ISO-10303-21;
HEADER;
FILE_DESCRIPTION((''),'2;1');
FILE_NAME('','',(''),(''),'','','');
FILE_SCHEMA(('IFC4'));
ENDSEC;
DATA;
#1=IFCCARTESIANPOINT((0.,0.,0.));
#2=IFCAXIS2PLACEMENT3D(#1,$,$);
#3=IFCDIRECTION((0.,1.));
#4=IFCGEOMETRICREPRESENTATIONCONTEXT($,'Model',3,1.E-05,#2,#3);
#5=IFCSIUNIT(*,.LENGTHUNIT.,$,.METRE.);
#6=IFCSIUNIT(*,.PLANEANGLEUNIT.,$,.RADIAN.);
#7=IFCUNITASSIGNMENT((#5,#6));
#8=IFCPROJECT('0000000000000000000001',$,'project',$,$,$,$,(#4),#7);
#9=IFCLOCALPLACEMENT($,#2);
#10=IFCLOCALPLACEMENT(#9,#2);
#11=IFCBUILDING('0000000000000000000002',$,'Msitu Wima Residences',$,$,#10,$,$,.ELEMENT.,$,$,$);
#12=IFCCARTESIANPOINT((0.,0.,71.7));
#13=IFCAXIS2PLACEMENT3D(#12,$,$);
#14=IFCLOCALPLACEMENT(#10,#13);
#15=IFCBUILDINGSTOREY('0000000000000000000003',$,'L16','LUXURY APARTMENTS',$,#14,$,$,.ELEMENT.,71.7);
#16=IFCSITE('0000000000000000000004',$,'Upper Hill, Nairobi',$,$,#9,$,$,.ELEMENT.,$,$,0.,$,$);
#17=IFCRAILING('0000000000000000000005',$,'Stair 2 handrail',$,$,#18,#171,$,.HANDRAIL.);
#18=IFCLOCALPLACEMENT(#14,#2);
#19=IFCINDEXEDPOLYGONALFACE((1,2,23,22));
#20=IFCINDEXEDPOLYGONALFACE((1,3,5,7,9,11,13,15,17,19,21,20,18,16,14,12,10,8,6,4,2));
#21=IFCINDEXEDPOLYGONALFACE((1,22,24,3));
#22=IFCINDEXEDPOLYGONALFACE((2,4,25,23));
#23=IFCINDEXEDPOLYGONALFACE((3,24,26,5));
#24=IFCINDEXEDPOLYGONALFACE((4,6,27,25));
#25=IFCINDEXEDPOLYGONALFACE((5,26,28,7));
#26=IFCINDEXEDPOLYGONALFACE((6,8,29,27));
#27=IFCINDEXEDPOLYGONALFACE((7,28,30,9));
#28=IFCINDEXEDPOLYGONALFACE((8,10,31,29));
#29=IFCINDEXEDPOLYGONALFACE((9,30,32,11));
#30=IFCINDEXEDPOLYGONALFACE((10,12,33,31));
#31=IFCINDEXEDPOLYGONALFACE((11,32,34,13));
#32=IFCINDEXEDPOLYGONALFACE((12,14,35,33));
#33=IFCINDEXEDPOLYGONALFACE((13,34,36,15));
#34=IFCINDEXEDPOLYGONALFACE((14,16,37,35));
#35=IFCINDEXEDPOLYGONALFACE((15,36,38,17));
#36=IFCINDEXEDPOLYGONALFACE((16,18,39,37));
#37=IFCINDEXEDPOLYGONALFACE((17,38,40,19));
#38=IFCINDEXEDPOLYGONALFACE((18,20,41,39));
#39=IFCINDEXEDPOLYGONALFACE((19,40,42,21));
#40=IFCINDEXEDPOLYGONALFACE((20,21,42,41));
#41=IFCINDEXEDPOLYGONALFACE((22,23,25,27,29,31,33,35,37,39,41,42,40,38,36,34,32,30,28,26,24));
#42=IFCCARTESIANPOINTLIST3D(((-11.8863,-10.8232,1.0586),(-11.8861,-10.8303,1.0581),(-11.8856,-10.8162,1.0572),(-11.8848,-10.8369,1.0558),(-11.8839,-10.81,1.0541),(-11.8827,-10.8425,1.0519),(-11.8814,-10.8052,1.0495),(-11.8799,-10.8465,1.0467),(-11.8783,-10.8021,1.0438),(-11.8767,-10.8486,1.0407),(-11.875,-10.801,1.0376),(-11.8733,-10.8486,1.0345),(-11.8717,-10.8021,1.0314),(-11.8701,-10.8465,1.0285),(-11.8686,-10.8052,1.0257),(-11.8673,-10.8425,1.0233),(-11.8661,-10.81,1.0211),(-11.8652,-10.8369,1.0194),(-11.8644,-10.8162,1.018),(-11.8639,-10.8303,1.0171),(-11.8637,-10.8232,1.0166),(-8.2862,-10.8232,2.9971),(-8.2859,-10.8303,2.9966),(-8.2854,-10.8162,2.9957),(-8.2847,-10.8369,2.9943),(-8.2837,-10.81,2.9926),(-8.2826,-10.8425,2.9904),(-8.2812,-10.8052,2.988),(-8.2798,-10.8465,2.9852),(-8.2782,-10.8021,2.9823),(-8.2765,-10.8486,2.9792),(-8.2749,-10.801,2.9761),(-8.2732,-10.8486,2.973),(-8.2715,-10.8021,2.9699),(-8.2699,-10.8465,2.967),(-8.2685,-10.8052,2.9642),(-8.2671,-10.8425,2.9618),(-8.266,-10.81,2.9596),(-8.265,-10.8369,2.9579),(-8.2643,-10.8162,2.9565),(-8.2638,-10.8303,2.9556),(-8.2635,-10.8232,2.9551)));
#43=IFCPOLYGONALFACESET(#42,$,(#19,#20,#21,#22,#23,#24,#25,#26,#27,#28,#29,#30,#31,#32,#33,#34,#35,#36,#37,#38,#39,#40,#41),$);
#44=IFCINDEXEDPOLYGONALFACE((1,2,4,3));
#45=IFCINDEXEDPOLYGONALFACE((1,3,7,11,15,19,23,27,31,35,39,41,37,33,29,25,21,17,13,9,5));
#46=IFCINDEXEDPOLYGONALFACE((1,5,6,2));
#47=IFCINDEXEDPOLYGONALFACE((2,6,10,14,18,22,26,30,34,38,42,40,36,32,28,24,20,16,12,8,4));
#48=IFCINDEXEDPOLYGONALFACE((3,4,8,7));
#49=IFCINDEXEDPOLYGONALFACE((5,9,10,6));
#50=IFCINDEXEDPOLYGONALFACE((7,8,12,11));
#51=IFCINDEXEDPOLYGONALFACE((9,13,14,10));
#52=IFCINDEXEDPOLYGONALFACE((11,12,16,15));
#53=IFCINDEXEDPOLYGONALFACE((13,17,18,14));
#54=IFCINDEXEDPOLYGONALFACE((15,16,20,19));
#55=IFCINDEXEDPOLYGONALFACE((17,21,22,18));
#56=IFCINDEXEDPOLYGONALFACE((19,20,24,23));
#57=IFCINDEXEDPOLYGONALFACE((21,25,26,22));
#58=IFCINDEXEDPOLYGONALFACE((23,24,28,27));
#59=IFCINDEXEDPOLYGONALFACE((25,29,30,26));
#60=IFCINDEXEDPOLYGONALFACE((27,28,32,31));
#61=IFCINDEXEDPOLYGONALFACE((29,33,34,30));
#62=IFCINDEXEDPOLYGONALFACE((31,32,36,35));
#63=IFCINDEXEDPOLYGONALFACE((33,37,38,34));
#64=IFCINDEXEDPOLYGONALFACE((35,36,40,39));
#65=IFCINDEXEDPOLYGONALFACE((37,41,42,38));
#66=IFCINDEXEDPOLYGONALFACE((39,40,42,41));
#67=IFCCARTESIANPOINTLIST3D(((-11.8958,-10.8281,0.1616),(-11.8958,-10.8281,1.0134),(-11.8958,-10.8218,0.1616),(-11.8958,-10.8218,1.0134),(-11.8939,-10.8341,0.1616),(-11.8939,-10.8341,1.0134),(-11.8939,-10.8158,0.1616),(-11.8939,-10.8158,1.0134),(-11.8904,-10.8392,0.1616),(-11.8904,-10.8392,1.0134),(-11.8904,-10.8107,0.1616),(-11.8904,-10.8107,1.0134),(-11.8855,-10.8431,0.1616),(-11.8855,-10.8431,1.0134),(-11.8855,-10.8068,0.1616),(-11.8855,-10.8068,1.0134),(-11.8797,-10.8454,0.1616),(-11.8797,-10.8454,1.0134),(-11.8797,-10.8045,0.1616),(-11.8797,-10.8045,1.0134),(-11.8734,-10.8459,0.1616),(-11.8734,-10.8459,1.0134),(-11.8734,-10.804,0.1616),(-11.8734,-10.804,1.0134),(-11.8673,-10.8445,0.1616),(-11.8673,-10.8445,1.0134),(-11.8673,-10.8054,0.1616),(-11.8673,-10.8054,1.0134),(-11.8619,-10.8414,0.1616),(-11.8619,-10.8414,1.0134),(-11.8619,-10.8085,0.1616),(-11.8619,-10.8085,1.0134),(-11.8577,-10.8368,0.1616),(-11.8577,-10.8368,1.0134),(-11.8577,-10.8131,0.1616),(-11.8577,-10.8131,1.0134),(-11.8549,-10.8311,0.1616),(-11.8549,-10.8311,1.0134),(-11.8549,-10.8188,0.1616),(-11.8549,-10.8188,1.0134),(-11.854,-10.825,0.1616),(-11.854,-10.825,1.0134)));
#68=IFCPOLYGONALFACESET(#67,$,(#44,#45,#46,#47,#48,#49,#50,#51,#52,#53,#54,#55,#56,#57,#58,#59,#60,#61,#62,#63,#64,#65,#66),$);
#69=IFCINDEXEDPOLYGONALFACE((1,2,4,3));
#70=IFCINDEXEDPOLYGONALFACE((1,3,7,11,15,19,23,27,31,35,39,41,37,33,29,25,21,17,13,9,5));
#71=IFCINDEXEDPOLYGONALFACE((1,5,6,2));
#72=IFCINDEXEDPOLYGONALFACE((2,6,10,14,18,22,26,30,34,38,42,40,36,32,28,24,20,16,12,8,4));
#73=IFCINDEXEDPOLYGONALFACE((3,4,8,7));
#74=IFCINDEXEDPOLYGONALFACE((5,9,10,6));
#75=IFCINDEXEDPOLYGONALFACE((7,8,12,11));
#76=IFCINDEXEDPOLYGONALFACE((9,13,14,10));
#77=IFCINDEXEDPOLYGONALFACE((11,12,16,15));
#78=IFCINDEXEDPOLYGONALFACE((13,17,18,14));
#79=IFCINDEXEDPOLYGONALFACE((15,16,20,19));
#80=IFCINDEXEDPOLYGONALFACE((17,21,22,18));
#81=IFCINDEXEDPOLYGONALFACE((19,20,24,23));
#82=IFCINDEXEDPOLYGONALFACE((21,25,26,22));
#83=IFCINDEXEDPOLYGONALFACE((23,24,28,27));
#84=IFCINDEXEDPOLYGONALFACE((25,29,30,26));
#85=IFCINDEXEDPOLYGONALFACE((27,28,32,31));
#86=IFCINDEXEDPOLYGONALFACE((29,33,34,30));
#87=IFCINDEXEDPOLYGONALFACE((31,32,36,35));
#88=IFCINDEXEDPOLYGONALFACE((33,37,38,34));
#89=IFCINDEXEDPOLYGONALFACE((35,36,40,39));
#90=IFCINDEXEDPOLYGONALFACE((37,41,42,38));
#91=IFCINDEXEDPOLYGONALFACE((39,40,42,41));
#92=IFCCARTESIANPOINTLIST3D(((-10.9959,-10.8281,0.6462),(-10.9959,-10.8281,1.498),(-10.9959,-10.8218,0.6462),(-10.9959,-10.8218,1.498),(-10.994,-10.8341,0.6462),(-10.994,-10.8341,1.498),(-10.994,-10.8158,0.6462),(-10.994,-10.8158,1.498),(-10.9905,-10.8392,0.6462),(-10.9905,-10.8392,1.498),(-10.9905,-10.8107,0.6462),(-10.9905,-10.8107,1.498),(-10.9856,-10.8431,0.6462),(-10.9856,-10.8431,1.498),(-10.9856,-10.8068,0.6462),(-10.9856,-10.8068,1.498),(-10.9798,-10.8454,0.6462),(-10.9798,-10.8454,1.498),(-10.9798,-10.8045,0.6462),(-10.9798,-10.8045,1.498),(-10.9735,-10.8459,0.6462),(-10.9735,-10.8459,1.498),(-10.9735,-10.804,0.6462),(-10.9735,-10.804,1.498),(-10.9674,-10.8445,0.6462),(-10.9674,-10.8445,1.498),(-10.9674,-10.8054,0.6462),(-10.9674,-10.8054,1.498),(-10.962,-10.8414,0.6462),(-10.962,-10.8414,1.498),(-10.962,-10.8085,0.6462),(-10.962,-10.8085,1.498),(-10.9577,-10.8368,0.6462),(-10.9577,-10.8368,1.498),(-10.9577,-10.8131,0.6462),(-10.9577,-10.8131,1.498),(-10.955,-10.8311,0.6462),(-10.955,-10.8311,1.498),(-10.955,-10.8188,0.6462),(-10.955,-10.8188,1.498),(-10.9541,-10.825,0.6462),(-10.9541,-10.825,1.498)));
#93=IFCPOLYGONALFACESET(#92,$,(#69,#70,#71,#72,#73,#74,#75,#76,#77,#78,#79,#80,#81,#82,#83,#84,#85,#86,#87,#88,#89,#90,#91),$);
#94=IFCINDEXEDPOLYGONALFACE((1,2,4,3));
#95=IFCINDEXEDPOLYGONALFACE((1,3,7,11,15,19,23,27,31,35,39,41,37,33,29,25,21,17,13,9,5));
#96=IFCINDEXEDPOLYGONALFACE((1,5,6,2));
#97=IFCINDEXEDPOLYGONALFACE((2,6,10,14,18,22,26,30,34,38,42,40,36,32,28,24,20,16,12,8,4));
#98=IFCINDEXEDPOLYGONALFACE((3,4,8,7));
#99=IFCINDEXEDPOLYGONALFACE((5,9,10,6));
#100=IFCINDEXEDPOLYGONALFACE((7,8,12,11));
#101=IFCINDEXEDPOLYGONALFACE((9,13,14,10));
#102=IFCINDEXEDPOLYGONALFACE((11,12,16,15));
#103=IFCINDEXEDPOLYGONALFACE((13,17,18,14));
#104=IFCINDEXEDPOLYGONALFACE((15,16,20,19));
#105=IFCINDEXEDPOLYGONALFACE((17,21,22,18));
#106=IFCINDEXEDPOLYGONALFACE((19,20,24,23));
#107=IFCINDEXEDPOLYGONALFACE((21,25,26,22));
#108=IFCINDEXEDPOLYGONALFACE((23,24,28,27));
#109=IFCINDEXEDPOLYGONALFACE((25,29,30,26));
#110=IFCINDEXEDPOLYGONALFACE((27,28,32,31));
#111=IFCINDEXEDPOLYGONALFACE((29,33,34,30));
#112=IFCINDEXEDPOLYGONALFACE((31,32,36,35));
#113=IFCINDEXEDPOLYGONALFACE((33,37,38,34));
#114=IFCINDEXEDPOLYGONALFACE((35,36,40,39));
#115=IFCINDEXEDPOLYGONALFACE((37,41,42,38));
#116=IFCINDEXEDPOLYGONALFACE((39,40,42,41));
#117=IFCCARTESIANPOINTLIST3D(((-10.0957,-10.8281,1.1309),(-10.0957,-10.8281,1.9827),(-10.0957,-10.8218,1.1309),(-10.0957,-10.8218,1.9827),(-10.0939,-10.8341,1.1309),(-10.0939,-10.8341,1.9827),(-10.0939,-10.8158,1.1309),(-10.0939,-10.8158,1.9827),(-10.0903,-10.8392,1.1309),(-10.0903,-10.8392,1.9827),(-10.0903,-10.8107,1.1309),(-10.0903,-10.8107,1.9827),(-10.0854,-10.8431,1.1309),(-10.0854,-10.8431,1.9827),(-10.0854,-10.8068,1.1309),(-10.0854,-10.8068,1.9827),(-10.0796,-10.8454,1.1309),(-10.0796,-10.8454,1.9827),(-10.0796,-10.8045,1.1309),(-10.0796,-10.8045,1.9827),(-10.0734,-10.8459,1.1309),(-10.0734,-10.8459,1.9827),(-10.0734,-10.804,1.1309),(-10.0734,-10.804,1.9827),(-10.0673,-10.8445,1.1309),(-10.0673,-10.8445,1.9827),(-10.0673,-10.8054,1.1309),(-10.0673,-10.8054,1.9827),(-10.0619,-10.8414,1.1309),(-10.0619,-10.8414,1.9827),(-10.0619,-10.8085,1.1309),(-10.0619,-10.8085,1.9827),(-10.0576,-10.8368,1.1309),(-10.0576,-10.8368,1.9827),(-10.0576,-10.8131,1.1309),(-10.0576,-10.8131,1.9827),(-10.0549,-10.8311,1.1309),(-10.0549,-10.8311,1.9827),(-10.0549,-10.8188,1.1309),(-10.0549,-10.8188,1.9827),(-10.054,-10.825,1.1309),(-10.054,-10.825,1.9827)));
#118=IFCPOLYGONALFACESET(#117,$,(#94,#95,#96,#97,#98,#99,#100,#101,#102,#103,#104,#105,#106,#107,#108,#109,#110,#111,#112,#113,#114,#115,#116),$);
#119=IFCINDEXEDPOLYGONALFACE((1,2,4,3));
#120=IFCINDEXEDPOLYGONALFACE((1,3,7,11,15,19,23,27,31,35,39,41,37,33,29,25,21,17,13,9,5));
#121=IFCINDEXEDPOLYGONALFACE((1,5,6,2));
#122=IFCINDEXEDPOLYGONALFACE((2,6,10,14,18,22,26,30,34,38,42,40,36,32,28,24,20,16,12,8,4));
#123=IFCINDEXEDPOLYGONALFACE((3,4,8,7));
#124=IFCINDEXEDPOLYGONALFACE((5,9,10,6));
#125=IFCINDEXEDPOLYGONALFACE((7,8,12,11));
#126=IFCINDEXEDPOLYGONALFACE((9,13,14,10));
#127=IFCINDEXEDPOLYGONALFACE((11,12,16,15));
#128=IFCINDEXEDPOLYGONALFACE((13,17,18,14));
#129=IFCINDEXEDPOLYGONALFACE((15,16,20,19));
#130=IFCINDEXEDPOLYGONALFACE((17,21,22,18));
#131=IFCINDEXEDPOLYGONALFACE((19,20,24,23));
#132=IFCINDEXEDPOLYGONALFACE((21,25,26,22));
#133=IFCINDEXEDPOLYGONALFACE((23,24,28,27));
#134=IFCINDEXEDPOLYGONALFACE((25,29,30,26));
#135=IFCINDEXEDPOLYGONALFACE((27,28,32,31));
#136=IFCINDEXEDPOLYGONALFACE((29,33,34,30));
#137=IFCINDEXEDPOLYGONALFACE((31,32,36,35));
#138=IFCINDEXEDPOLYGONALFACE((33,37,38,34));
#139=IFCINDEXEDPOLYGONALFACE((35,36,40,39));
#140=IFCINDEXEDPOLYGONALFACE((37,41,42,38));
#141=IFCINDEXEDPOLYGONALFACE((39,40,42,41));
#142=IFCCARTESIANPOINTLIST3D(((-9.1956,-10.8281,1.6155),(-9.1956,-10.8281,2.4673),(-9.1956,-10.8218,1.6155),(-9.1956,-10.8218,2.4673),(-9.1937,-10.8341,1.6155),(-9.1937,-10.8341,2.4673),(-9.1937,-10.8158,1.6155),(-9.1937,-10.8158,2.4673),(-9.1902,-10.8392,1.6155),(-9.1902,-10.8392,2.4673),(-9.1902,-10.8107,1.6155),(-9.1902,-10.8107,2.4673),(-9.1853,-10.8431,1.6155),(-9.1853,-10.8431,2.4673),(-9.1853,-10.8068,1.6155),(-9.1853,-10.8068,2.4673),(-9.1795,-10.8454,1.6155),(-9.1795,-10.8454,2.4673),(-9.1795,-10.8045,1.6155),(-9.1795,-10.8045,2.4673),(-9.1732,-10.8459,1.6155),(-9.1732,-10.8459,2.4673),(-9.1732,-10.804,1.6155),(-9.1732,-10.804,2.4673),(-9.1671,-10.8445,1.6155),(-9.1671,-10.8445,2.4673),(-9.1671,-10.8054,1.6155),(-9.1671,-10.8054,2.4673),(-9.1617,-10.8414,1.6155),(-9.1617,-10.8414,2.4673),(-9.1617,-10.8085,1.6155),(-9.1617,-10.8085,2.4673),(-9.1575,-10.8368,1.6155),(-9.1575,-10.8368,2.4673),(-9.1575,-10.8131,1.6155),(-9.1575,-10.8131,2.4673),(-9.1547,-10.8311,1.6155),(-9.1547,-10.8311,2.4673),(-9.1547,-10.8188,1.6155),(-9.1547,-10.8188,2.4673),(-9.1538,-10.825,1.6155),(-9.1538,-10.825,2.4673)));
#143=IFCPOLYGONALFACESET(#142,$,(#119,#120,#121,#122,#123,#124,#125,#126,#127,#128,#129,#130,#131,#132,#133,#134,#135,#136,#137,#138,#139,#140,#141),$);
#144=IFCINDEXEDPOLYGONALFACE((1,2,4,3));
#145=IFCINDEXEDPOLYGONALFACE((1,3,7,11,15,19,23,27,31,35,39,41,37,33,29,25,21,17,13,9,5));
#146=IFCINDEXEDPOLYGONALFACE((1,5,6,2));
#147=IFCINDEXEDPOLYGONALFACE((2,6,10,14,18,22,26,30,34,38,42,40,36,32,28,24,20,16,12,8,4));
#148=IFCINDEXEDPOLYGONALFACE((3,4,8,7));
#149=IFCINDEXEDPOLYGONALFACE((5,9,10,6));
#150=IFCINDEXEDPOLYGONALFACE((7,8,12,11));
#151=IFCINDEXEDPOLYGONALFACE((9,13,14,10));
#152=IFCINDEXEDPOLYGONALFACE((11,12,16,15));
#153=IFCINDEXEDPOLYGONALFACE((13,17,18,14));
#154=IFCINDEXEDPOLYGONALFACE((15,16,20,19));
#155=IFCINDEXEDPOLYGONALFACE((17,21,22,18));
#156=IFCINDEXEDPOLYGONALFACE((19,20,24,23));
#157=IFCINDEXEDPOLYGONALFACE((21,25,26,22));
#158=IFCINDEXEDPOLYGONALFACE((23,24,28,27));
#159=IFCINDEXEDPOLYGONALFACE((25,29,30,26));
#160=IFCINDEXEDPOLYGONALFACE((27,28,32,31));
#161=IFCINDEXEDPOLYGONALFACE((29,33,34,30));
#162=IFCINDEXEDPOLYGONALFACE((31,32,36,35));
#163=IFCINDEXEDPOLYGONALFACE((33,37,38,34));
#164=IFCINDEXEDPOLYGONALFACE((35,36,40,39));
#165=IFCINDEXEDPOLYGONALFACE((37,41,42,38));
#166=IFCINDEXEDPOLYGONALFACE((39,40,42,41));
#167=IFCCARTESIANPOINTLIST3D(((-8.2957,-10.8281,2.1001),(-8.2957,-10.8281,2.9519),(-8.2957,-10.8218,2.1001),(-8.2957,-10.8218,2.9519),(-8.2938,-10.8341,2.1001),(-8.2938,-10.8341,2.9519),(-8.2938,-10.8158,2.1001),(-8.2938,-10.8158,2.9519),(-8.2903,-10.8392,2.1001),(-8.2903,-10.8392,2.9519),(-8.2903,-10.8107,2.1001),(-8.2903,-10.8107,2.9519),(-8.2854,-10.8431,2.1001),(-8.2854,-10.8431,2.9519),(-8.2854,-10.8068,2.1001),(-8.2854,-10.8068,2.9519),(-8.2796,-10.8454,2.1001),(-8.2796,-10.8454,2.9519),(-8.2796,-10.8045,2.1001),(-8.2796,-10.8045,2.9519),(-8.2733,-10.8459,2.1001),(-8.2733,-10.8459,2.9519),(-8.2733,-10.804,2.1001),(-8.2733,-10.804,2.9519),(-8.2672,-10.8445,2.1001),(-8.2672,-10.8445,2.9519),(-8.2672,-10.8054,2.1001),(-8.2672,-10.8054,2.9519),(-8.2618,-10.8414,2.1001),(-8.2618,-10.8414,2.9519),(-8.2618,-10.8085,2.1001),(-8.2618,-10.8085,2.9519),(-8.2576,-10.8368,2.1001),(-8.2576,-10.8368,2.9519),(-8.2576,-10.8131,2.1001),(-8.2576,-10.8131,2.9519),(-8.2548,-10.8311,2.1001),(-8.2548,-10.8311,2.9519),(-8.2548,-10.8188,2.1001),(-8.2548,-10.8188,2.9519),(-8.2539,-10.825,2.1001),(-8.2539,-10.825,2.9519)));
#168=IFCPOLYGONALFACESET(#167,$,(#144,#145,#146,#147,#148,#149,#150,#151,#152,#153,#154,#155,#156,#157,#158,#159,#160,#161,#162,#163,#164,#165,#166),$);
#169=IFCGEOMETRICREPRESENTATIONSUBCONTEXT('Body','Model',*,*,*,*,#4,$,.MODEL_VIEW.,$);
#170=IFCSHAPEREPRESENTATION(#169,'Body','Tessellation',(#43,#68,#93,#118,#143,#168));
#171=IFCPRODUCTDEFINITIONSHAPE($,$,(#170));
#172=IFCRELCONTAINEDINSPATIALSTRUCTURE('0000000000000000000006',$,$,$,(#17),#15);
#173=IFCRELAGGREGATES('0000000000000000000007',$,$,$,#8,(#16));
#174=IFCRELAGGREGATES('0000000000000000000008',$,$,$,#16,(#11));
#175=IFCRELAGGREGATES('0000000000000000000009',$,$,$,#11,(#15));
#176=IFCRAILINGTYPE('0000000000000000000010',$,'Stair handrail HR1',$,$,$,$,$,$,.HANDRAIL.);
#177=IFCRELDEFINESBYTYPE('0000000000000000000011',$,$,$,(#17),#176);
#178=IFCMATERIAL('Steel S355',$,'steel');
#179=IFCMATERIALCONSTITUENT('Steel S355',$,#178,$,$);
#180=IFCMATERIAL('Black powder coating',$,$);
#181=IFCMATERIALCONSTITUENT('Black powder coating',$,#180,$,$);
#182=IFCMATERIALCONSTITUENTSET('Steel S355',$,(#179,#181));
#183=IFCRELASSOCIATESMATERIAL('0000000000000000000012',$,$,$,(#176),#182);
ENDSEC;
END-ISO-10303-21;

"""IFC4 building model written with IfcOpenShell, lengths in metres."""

from ifc_helpers import new_model, si_unit, direction, frame, origin, origin_2d, place, context, subcontext, project, spatial, circle, extrude, material, constituent, constituent_set, type_object, element, save


model = new_model("IFC4")

# Units and contexts
model_context = context("Model", 3, precision=1e-05, world=origin(), true_north=direction((0.0, 1.0)))
body_context = subcontext(model_context, "Body", "Model", "MODEL_VIEW")
ifc_project = project(units=[si_unit("LENGTHUNIT", "METRE"), si_unit("PLANEANGLEUNIT", "RADIAN")], contexts=[model_context])

# Site, building, storey
site_placement = place(None, origin())
site = spatial("IfcSite", under=ifc_project, at=site_placement, Name="Upper Hill, Nairobi", CompositionType="ELEMENT", RefElevation=0.0)
building_placement = place(site_placement, origin())
building = spatial("IfcBuilding", under=site, at=building_placement, Name="Msitu Wima Residences", CompositionType="ELEMENT")
storey_placement = place(building_placement, frame((0.0, 0.0, 71.7)))
storey = spatial("IfcBuildingStorey", under=building, at=storey_placement, Name="L16", Description="LUXURY APARTMENTS", CompositionType="ELEMENT", Elevation=71.7)

# Railing
ifc_material_1 = material(Name="Steel S355", Category="steel")
ifc_constituent_1 = constituent(ifc_material_1, Name="Steel S355")
ifc_material_2 = material(Name="Black powder coating")
ifc_constituent_2 = constituent(ifc_material_2, Name="Black powder coating")
ifc_constituent_set = constituent_set(constituents=[ifc_constituent_1, ifc_constituent_2], Name="Steel S355")
railing_type = type_object("IfcRailingType", Name="Stair handrail HR1", PredefinedType="HANDRAIL", material=ifc_constituent_set)
for number, where, name in (
    (1, (-11.875, -10.825, 0.1616), "Stair 2 handrail"),
):
    element("IfcRailing", number, at=place(storey_placement, frame(where)), inside=storey, type_object=railing_type, Name=name, PredefinedType="HANDRAIL", context=body_context, shape_type="SweptSolid", body=[
        extrude(circle(Radius=0.0239, at=origin_2d()), frame((0.0, 0.0, 0.876), z_axis=(0.880475, 0.0, 0.474093), x_axis=(0.0, 1.0, 0.0)), (0.0, 0.0, 1.0), 4.0889),
        extrude(circle(Radius=0.021, at=origin_2d()), origin(), (0.0, 0.0, 1.0), 0.8518),
        extrude(circle(Radius=0.021, at=origin_2d()), frame((0.8999, 0.0, 0.4846)), (0.0, 0.0, 1.0), 0.8518),
        extrude(circle(Radius=0.021, at=origin_2d()), frame((1.8, 0.0, 0.9692)), (0.0, 0.0, 1.0), 0.8518),
        extrude(circle(Radius=0.021, at=origin_2d()), frame((2.7002, 0.0, 1.4539)), (0.0, 0.0, 1.0), 0.8518),
        extrude(circle(Radius=0.021, at=origin_2d()), frame((3.6001, 0.0, 1.9385)), (0.0, 0.0, 1.0), 0.8518),
    ])

save(model, "model.ifc")
